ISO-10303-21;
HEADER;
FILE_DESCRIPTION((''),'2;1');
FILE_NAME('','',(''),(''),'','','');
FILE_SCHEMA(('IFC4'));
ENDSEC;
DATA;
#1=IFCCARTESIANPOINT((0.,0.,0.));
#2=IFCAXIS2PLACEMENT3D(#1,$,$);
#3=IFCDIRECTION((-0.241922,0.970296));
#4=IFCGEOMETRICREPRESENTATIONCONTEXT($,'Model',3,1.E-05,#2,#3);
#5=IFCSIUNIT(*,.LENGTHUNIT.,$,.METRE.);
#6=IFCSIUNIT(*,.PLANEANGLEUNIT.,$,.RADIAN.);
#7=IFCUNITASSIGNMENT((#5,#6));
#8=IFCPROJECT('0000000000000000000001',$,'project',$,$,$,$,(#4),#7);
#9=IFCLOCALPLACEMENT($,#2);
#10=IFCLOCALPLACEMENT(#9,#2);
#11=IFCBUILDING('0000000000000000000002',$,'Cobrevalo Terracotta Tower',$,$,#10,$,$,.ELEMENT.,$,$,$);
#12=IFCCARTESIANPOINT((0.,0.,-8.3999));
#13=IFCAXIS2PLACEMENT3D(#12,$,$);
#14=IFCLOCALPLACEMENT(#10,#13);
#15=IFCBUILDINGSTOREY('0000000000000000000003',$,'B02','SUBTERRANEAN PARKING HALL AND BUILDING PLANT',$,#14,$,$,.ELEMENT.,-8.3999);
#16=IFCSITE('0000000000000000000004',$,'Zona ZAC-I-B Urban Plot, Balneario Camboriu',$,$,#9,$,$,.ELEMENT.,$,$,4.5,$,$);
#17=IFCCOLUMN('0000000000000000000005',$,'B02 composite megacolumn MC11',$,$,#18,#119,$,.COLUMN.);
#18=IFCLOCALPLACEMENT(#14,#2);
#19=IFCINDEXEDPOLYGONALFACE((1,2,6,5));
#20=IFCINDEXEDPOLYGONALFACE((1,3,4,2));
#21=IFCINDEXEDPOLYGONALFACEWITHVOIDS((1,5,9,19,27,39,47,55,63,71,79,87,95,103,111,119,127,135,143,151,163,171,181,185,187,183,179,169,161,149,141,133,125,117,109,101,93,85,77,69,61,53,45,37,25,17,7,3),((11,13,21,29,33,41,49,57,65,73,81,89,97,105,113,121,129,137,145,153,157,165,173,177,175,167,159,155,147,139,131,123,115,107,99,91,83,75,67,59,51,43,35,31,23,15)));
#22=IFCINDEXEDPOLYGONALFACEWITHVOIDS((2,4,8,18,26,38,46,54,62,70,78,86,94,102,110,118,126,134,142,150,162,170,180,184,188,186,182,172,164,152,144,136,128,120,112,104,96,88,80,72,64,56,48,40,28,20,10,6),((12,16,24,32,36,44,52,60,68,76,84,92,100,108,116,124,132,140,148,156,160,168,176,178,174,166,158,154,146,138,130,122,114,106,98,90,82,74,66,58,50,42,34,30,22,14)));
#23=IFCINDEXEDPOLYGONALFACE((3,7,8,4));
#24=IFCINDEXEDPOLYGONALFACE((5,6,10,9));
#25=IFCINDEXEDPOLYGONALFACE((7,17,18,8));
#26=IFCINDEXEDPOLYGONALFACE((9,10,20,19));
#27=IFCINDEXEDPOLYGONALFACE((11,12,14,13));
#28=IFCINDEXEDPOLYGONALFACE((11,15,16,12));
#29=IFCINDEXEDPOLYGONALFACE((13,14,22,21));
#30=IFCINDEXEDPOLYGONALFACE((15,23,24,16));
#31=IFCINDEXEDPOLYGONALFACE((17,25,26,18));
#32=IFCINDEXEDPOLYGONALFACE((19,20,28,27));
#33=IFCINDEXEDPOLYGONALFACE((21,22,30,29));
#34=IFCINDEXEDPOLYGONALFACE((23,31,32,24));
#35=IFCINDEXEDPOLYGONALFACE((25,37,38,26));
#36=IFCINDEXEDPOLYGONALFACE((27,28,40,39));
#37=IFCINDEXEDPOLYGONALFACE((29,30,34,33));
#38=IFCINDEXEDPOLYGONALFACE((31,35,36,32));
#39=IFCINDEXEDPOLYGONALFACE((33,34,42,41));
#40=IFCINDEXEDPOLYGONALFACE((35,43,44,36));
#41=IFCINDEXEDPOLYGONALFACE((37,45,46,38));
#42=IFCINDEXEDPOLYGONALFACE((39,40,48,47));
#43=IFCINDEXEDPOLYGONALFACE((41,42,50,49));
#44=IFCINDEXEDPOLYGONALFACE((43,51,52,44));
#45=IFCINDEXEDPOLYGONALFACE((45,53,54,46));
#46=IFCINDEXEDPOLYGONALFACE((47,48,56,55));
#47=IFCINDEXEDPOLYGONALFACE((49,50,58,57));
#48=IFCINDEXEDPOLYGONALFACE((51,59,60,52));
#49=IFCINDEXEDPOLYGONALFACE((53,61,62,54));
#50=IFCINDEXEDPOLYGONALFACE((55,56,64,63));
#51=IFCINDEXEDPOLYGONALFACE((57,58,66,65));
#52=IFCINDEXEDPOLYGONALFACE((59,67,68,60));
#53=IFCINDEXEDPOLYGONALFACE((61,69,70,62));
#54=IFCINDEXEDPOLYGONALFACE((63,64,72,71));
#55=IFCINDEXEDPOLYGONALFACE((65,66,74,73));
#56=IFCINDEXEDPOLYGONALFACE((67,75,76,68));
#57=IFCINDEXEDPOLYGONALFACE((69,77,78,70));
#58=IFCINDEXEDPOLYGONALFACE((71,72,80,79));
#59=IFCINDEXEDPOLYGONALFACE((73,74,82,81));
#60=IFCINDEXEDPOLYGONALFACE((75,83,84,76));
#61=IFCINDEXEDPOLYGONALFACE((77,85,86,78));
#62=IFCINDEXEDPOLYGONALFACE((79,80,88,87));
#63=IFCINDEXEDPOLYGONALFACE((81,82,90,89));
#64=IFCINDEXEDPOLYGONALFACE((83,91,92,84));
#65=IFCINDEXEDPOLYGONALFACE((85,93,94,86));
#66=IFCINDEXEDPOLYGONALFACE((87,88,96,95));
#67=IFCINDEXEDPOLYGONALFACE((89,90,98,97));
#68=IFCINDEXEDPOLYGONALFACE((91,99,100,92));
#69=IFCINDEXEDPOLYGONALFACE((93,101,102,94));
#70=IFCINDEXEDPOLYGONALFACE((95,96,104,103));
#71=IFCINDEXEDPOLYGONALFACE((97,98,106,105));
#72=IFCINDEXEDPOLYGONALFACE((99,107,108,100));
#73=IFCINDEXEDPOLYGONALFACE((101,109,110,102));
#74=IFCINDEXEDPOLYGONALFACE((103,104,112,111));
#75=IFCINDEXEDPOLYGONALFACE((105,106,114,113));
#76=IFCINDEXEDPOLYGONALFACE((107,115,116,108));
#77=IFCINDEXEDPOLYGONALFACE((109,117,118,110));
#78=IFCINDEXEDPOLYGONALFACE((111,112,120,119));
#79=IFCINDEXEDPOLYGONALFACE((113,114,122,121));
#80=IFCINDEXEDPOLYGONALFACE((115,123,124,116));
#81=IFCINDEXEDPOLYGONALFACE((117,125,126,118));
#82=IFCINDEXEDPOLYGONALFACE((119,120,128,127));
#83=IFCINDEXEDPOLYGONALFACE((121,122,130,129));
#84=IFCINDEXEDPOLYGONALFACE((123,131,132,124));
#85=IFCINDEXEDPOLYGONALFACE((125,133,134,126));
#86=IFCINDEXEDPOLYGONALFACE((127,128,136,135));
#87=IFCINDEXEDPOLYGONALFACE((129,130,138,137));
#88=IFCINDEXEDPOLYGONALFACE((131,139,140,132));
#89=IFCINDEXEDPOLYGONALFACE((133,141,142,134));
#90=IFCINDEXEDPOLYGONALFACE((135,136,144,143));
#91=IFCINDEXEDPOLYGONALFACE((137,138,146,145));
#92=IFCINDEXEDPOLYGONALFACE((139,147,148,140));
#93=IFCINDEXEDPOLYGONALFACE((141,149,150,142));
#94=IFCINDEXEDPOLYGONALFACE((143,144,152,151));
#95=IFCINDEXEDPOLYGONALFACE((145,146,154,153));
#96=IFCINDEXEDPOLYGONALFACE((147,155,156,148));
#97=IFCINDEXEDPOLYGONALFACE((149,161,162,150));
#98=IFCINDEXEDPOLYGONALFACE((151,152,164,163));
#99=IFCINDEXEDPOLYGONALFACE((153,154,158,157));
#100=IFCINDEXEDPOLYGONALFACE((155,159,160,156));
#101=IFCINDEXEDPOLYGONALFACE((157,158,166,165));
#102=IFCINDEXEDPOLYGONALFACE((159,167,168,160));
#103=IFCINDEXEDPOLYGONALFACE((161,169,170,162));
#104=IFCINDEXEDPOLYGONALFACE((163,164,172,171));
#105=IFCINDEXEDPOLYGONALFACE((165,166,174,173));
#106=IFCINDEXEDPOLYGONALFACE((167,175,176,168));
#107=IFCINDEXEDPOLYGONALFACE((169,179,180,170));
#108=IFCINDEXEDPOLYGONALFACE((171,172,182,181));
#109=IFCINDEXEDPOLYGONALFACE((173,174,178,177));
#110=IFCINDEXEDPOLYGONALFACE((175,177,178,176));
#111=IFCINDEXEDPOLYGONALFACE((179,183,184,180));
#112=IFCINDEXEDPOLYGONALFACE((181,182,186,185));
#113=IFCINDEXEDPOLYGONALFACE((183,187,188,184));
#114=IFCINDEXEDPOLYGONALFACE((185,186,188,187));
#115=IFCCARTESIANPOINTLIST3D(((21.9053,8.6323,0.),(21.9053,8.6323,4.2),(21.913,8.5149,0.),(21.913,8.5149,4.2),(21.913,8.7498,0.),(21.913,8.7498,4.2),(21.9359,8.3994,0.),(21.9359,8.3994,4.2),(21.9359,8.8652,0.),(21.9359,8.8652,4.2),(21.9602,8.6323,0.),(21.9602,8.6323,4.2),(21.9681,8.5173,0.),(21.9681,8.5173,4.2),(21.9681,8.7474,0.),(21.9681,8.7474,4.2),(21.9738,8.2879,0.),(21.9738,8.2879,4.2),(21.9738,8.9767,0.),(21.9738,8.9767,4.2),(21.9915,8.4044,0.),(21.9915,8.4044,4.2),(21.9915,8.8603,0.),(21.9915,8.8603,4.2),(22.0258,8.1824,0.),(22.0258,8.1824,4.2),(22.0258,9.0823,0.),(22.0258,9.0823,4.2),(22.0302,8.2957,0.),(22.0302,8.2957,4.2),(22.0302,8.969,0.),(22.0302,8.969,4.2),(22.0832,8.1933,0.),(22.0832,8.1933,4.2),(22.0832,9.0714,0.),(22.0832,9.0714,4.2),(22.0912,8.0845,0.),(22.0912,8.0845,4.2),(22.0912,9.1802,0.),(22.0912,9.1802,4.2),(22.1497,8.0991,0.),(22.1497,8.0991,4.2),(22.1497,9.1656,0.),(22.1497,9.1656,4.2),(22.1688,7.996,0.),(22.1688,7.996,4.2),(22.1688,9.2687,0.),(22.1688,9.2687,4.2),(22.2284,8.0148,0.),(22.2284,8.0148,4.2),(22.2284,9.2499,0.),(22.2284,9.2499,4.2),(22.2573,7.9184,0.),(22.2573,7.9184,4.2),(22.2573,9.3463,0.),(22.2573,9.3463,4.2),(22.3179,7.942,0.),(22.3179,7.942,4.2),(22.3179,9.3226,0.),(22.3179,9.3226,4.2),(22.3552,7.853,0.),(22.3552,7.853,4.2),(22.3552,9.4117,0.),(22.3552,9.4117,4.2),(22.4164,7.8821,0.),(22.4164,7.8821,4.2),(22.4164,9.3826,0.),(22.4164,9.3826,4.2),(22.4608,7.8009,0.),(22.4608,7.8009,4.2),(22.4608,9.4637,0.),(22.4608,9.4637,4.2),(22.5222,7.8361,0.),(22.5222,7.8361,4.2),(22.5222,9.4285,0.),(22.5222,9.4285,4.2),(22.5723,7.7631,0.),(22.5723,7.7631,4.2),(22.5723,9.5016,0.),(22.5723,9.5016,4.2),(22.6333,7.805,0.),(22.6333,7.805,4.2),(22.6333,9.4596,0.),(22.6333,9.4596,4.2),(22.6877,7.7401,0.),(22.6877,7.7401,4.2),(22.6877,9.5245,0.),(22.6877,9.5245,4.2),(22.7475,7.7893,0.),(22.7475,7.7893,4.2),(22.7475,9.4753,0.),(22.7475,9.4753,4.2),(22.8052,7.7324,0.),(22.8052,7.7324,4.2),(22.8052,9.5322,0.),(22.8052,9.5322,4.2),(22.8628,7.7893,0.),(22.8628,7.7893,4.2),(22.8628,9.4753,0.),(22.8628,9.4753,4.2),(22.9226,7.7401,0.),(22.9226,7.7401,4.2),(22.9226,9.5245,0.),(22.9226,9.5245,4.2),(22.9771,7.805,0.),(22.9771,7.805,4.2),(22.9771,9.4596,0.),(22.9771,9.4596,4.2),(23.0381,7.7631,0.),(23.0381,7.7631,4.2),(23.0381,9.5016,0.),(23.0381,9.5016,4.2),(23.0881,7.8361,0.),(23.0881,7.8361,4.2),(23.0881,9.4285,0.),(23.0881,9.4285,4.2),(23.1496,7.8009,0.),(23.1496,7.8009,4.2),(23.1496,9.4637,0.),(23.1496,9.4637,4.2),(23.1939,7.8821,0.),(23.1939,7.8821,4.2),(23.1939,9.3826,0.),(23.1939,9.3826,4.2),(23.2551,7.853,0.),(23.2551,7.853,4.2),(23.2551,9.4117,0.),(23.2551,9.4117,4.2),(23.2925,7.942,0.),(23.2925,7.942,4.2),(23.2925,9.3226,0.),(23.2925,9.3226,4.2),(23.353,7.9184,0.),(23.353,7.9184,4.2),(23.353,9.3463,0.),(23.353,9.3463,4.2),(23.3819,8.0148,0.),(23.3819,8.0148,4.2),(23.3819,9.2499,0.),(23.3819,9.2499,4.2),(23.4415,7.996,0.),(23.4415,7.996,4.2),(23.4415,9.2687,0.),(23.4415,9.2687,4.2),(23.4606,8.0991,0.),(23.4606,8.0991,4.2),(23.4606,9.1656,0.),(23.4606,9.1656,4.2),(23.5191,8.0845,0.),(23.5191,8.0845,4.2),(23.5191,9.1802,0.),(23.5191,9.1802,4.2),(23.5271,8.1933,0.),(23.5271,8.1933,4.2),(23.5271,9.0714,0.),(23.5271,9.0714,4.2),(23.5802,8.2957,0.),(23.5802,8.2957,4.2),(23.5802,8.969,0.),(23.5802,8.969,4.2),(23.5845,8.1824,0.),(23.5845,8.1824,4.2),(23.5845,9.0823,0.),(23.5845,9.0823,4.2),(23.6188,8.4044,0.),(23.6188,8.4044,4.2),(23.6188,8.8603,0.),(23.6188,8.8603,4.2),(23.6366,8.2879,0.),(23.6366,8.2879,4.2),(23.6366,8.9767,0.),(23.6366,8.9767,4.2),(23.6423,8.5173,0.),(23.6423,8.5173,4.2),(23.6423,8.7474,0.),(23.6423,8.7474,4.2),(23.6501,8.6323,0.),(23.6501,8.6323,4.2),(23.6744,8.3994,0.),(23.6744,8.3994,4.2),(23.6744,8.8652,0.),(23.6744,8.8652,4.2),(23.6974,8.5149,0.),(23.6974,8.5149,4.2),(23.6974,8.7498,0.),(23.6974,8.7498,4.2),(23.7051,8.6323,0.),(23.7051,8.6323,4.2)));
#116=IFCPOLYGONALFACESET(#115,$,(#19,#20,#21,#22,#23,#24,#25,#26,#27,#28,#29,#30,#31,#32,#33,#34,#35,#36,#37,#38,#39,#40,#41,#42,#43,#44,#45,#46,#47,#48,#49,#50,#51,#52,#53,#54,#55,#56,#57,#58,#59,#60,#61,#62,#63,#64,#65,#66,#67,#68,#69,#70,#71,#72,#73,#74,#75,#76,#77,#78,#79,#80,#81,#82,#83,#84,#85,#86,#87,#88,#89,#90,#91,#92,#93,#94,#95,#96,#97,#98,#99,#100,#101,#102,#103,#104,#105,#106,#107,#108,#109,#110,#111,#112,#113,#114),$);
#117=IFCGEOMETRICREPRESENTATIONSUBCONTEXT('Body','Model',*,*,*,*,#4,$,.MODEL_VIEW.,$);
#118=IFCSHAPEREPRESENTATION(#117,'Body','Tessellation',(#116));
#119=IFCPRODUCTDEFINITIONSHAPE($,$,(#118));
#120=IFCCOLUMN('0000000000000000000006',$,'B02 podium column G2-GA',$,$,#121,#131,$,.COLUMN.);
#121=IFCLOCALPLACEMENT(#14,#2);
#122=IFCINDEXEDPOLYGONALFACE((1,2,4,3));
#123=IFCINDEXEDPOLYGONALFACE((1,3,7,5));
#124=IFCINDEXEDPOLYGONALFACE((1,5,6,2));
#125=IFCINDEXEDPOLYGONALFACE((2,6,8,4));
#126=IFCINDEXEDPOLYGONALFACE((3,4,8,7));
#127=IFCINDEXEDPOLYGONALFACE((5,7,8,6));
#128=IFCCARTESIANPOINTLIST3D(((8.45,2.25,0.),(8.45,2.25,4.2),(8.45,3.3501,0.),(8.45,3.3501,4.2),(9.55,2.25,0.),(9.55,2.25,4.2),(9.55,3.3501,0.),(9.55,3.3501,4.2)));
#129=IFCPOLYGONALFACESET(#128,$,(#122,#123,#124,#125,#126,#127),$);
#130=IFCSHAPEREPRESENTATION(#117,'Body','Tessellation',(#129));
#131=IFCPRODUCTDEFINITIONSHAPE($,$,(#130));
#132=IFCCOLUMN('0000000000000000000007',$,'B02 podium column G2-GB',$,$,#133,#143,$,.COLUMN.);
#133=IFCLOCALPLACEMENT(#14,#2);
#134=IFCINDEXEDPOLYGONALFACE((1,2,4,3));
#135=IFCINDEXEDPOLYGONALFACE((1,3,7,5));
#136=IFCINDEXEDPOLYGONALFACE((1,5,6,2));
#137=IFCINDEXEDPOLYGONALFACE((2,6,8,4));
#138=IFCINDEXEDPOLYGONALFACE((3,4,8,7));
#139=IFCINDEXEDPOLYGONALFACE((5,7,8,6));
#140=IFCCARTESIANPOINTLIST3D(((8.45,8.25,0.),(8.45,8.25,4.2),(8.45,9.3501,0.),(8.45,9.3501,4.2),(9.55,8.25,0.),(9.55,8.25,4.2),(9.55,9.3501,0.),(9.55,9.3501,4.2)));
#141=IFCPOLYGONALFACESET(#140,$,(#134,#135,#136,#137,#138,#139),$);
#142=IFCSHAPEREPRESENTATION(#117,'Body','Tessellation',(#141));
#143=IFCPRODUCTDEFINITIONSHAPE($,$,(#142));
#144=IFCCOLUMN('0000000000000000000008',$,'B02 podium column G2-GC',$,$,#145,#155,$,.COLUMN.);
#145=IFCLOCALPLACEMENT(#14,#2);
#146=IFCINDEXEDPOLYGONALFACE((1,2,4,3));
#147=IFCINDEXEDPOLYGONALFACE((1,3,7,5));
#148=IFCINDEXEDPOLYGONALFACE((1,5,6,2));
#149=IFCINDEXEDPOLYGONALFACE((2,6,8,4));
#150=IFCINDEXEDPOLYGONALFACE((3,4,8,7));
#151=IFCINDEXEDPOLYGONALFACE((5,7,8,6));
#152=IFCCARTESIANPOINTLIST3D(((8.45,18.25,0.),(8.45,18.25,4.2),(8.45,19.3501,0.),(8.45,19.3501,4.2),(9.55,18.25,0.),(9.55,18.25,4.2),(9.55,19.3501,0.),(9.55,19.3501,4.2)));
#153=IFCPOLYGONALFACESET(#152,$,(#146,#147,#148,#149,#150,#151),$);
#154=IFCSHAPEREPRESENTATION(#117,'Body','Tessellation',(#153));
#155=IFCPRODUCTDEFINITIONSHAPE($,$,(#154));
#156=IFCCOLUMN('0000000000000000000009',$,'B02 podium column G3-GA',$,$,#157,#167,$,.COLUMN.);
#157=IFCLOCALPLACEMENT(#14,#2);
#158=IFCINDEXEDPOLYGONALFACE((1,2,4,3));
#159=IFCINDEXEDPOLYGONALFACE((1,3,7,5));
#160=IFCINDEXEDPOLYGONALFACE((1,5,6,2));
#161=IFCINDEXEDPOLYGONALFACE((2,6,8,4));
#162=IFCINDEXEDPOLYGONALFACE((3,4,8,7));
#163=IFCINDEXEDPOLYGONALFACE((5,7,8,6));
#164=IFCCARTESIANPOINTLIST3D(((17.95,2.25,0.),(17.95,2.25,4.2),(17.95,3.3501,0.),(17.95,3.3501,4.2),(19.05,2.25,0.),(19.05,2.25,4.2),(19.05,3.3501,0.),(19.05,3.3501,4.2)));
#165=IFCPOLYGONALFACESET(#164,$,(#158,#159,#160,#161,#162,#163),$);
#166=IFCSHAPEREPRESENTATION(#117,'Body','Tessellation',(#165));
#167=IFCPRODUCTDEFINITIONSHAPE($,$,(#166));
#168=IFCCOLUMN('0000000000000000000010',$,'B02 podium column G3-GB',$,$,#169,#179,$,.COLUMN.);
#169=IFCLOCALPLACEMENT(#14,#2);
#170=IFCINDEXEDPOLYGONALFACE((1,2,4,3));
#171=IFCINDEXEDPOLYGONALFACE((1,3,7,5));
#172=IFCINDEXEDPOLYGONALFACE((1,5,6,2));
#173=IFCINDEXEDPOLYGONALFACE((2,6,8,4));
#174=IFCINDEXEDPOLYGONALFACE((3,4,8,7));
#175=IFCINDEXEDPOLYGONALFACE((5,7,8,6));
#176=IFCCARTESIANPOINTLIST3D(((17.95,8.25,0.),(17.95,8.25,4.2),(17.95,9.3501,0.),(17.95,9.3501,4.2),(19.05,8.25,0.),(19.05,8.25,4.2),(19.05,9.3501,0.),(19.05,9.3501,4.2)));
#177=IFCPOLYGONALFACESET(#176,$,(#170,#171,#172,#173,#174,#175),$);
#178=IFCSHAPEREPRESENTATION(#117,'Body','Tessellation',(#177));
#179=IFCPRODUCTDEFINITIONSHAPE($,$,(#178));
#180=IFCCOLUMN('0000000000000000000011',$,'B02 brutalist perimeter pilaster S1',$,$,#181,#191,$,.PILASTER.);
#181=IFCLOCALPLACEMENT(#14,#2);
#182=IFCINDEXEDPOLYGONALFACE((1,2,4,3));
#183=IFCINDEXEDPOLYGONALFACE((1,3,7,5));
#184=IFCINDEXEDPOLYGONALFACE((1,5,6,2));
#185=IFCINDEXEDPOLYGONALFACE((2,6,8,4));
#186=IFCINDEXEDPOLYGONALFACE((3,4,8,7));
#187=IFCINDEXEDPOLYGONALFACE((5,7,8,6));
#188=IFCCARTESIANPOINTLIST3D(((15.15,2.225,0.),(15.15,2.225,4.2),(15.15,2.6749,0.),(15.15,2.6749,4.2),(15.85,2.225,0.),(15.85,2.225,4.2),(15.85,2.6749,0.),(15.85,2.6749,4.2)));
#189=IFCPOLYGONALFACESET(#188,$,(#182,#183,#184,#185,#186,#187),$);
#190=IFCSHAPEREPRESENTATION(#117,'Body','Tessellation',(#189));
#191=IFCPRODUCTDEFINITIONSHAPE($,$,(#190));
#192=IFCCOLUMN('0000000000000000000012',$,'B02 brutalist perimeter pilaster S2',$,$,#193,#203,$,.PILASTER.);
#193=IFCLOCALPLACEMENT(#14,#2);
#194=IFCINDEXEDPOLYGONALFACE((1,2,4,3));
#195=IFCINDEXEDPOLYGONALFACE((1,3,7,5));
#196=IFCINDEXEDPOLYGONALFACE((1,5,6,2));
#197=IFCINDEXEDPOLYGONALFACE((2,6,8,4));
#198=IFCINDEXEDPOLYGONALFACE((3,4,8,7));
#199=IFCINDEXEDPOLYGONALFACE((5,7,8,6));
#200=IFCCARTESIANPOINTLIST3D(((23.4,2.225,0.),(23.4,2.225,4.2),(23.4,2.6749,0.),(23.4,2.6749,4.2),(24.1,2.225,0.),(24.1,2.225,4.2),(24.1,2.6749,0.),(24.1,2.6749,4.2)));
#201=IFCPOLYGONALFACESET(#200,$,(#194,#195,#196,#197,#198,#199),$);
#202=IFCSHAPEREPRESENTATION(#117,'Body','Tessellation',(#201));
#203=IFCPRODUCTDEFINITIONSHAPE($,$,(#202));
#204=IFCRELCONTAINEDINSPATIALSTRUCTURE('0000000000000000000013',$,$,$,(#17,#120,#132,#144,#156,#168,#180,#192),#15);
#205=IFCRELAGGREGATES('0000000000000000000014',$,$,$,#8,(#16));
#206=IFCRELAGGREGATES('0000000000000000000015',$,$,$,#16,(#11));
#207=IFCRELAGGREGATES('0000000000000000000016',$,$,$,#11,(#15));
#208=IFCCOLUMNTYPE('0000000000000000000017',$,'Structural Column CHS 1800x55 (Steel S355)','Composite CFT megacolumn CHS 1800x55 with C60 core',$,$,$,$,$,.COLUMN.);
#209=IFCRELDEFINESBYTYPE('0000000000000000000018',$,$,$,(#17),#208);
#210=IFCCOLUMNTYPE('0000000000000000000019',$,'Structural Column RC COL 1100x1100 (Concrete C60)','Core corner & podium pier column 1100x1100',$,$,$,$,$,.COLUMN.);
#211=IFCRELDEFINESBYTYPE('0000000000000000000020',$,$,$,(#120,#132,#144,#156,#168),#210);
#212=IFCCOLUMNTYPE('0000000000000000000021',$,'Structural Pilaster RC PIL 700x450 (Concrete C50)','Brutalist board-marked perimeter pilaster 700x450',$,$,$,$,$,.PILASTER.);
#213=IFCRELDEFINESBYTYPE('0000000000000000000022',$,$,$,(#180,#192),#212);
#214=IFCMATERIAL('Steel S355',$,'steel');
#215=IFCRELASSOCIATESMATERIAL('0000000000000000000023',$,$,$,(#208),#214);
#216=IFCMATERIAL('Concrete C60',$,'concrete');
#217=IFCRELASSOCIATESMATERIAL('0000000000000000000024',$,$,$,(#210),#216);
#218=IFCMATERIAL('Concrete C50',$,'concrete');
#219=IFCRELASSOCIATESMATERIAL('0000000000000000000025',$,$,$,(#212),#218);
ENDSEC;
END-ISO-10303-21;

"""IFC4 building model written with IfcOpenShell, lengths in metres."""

from ifc_helpers import new_model, si_unit, direction, frame, origin, origin_2d, place, context, subcontext, project, spatial, rectangle, hollow_circle, extrude, material, material_profile, profile_set, type_object, element, save


model = new_model("IFC4")

# Units and contexts
model_context = context("Model", 3, precision=1e-05, world=origin(), true_north=direction((-0.241922, 0.970296)))
body_context = subcontext(model_context, "Body", "Model", "MODEL_VIEW")
ifc_project = project(units=[si_unit("LENGTHUNIT", "METRE"), si_unit("PLANEANGLEUNIT", "RADIAN")], contexts=[model_context])

# Site, building, storey
site_placement = place(None, origin())
site = spatial("IfcSite", under=ifc_project, at=site_placement, Name="Zona ZAC-I-B Urban Plot, Balneario Camboriu", CompositionType="ELEMENT", RefElevation=4.5)
building_placement = place(site_placement, origin())
building = spatial("IfcBuilding", under=site, at=building_placement, Name="Cobrevalo Terracotta Tower", CompositionType="ELEMENT")
storey_placement = place(building_placement, frame((0.0, 0.0, -8.3999)))
storey = spatial("IfcBuildingStorey", under=building, at=storey_placement, Name="B02", Description="SUBTERRANEAN PARKING HALL AND BUILDING PLANT", CompositionType="ELEMENT", Elevation=-8.3999)

# Shared definitions
ifc_material_1 = material(Name="Concrete C50", Category="concrete")

# Columns
ifc_material_2 = material(Name="Steel S355", Category="steel")
ifc_material_profile_1 = material_profile(ifc_material_2, hollow_circle(Radius=0.8999, WallThickness=0.0549, at=origin_2d()), Name="CHS 1800x55")
ifc_profile_set_1 = profile_set([ifc_material_profile_1], Name="Steel S355")
column_type_1 = type_object("IfcColumnType", Name="Structural Column CHS 1800x55 (Steel S355)", Description="Composite CFT megacolumn CHS 1800x55 with C60 core", PredefinedType="COLUMN", material=ifc_profile_set_1)
for number, where, z_axis, x_axis, name in (
    (1, (22.8052, 8.6323, 0.0), (0.0, 0.0, 1.0), (1.0, 0.0, 0.0), "B02 composite megacolumn MC11"),
):
    element("IfcColumn", number, at=place(storey_placement, frame(where, z_axis=z_axis, x_axis=x_axis)), inside=storey, type_object=column_type_1, Name=name, PredefinedType="COLUMN", context=body_context, shape_type="SweptSolid", body=[
        extrude(hollow_circle(Radius=0.8999, WallThickness=0.0549, at=origin_2d()), origin(), (0.0, 0.0, 1.0), 4.2),
    ])
ifc_material_3 = material(Name="Concrete C60", Category="concrete")
ifc_material_profile_2 = material_profile(ifc_material_3, rectangle(XDim=1.1001, YDim=1.1001, at=origin_2d()), Name="RC COL 1100x1100")
ifc_profile_set_2 = profile_set([ifc_material_profile_2], Name="Concrete C60")
column_type_2 = type_object("IfcColumnType", Name="Structural Column RC COL 1100x1100 (Concrete C60)", Description="Core corner & podium pier column 1100x1100", PredefinedType="COLUMN", material=ifc_profile_set_2)
for number, where, z_axis, x_axis, name in (
    (2, (9.0, 2.8, 0.0), (0.0, 0.0, 1.0), (1.0, 0.0, 0.0), "B02 podium column G2-GA"),
    (3, (9.0, 8.8, 0.0), (0.0, 0.0, 1.0), (1.0, 0.0, 0.0), "B02 podium column G2-GB"),
    (4, (9.0, 18.8, 0.0), (0.0, 0.0, 1.0), (1.0, 0.0, 0.0), "B02 podium column G2-GC"),
    (5, (18.5, 2.8, 0.0), (0.0, 0.0, 1.0), (1.0, 0.0, 0.0), "B02 podium column G3-GA"),
    (6, (18.5, 8.8, 0.0), (0.0, 0.0, 1.0), (1.0, 0.0, 0.0), "B02 podium column G3-GB"),
):
    element("IfcColumn", number, at=place(storey_placement, frame(where, z_axis=z_axis, x_axis=x_axis)), inside=storey, type_object=column_type_2, Name=name, PredefinedType="COLUMN", context=body_context, shape_type="SweptSolid", body=[
        extrude(rectangle(XDim=1.1001, YDim=1.1001, at=origin_2d()), origin(), (0.0, 0.0, 1.0), 4.2),
    ])
ifc_material_profile_3 = material_profile(ifc_material_1, rectangle(XDim=0.7, YDim=0.45, at=origin_2d()), Name="RC PIL 700x450")
ifc_profile_set_3 = profile_set([ifc_material_profile_3], Name="Concrete C50")
column_type_3 = type_object("IfcColumnType", Name="Structural Pilaster RC PIL 700x450 (Concrete C50)", Description="Brutalist board-marked perimeter pilaster 700x450", PredefinedType="PILASTER", material=ifc_profile_set_3)
for number, where, z_axis, x_axis, name in (
    (7, (15.5, 2.45, 0.0), (0.0, 0.0, 1.0), (1.0, 0.0, 0.0), "B02 brutalist perimeter pilaster S1"),
    (8, (23.75, 2.45, 0.0), (0.0, 0.0, 1.0), (1.0, 0.0, 0.0), "B02 brutalist perimeter pilaster S2"),
):
    element("IfcColumn", number, at=place(storey_placement, frame(where, z_axis=z_axis, x_axis=x_axis)), inside=storey, type_object=column_type_3, Name=name, PredefinedType="PILASTER", context=body_context, shape_type="SweptSolid", body=[
        extrude(rectangle(XDim=0.7, YDim=0.45, at=origin_2d()), origin(), (0.0, 0.0, 1.0), 4.2),
    ])

save(model, "model.ifc")
